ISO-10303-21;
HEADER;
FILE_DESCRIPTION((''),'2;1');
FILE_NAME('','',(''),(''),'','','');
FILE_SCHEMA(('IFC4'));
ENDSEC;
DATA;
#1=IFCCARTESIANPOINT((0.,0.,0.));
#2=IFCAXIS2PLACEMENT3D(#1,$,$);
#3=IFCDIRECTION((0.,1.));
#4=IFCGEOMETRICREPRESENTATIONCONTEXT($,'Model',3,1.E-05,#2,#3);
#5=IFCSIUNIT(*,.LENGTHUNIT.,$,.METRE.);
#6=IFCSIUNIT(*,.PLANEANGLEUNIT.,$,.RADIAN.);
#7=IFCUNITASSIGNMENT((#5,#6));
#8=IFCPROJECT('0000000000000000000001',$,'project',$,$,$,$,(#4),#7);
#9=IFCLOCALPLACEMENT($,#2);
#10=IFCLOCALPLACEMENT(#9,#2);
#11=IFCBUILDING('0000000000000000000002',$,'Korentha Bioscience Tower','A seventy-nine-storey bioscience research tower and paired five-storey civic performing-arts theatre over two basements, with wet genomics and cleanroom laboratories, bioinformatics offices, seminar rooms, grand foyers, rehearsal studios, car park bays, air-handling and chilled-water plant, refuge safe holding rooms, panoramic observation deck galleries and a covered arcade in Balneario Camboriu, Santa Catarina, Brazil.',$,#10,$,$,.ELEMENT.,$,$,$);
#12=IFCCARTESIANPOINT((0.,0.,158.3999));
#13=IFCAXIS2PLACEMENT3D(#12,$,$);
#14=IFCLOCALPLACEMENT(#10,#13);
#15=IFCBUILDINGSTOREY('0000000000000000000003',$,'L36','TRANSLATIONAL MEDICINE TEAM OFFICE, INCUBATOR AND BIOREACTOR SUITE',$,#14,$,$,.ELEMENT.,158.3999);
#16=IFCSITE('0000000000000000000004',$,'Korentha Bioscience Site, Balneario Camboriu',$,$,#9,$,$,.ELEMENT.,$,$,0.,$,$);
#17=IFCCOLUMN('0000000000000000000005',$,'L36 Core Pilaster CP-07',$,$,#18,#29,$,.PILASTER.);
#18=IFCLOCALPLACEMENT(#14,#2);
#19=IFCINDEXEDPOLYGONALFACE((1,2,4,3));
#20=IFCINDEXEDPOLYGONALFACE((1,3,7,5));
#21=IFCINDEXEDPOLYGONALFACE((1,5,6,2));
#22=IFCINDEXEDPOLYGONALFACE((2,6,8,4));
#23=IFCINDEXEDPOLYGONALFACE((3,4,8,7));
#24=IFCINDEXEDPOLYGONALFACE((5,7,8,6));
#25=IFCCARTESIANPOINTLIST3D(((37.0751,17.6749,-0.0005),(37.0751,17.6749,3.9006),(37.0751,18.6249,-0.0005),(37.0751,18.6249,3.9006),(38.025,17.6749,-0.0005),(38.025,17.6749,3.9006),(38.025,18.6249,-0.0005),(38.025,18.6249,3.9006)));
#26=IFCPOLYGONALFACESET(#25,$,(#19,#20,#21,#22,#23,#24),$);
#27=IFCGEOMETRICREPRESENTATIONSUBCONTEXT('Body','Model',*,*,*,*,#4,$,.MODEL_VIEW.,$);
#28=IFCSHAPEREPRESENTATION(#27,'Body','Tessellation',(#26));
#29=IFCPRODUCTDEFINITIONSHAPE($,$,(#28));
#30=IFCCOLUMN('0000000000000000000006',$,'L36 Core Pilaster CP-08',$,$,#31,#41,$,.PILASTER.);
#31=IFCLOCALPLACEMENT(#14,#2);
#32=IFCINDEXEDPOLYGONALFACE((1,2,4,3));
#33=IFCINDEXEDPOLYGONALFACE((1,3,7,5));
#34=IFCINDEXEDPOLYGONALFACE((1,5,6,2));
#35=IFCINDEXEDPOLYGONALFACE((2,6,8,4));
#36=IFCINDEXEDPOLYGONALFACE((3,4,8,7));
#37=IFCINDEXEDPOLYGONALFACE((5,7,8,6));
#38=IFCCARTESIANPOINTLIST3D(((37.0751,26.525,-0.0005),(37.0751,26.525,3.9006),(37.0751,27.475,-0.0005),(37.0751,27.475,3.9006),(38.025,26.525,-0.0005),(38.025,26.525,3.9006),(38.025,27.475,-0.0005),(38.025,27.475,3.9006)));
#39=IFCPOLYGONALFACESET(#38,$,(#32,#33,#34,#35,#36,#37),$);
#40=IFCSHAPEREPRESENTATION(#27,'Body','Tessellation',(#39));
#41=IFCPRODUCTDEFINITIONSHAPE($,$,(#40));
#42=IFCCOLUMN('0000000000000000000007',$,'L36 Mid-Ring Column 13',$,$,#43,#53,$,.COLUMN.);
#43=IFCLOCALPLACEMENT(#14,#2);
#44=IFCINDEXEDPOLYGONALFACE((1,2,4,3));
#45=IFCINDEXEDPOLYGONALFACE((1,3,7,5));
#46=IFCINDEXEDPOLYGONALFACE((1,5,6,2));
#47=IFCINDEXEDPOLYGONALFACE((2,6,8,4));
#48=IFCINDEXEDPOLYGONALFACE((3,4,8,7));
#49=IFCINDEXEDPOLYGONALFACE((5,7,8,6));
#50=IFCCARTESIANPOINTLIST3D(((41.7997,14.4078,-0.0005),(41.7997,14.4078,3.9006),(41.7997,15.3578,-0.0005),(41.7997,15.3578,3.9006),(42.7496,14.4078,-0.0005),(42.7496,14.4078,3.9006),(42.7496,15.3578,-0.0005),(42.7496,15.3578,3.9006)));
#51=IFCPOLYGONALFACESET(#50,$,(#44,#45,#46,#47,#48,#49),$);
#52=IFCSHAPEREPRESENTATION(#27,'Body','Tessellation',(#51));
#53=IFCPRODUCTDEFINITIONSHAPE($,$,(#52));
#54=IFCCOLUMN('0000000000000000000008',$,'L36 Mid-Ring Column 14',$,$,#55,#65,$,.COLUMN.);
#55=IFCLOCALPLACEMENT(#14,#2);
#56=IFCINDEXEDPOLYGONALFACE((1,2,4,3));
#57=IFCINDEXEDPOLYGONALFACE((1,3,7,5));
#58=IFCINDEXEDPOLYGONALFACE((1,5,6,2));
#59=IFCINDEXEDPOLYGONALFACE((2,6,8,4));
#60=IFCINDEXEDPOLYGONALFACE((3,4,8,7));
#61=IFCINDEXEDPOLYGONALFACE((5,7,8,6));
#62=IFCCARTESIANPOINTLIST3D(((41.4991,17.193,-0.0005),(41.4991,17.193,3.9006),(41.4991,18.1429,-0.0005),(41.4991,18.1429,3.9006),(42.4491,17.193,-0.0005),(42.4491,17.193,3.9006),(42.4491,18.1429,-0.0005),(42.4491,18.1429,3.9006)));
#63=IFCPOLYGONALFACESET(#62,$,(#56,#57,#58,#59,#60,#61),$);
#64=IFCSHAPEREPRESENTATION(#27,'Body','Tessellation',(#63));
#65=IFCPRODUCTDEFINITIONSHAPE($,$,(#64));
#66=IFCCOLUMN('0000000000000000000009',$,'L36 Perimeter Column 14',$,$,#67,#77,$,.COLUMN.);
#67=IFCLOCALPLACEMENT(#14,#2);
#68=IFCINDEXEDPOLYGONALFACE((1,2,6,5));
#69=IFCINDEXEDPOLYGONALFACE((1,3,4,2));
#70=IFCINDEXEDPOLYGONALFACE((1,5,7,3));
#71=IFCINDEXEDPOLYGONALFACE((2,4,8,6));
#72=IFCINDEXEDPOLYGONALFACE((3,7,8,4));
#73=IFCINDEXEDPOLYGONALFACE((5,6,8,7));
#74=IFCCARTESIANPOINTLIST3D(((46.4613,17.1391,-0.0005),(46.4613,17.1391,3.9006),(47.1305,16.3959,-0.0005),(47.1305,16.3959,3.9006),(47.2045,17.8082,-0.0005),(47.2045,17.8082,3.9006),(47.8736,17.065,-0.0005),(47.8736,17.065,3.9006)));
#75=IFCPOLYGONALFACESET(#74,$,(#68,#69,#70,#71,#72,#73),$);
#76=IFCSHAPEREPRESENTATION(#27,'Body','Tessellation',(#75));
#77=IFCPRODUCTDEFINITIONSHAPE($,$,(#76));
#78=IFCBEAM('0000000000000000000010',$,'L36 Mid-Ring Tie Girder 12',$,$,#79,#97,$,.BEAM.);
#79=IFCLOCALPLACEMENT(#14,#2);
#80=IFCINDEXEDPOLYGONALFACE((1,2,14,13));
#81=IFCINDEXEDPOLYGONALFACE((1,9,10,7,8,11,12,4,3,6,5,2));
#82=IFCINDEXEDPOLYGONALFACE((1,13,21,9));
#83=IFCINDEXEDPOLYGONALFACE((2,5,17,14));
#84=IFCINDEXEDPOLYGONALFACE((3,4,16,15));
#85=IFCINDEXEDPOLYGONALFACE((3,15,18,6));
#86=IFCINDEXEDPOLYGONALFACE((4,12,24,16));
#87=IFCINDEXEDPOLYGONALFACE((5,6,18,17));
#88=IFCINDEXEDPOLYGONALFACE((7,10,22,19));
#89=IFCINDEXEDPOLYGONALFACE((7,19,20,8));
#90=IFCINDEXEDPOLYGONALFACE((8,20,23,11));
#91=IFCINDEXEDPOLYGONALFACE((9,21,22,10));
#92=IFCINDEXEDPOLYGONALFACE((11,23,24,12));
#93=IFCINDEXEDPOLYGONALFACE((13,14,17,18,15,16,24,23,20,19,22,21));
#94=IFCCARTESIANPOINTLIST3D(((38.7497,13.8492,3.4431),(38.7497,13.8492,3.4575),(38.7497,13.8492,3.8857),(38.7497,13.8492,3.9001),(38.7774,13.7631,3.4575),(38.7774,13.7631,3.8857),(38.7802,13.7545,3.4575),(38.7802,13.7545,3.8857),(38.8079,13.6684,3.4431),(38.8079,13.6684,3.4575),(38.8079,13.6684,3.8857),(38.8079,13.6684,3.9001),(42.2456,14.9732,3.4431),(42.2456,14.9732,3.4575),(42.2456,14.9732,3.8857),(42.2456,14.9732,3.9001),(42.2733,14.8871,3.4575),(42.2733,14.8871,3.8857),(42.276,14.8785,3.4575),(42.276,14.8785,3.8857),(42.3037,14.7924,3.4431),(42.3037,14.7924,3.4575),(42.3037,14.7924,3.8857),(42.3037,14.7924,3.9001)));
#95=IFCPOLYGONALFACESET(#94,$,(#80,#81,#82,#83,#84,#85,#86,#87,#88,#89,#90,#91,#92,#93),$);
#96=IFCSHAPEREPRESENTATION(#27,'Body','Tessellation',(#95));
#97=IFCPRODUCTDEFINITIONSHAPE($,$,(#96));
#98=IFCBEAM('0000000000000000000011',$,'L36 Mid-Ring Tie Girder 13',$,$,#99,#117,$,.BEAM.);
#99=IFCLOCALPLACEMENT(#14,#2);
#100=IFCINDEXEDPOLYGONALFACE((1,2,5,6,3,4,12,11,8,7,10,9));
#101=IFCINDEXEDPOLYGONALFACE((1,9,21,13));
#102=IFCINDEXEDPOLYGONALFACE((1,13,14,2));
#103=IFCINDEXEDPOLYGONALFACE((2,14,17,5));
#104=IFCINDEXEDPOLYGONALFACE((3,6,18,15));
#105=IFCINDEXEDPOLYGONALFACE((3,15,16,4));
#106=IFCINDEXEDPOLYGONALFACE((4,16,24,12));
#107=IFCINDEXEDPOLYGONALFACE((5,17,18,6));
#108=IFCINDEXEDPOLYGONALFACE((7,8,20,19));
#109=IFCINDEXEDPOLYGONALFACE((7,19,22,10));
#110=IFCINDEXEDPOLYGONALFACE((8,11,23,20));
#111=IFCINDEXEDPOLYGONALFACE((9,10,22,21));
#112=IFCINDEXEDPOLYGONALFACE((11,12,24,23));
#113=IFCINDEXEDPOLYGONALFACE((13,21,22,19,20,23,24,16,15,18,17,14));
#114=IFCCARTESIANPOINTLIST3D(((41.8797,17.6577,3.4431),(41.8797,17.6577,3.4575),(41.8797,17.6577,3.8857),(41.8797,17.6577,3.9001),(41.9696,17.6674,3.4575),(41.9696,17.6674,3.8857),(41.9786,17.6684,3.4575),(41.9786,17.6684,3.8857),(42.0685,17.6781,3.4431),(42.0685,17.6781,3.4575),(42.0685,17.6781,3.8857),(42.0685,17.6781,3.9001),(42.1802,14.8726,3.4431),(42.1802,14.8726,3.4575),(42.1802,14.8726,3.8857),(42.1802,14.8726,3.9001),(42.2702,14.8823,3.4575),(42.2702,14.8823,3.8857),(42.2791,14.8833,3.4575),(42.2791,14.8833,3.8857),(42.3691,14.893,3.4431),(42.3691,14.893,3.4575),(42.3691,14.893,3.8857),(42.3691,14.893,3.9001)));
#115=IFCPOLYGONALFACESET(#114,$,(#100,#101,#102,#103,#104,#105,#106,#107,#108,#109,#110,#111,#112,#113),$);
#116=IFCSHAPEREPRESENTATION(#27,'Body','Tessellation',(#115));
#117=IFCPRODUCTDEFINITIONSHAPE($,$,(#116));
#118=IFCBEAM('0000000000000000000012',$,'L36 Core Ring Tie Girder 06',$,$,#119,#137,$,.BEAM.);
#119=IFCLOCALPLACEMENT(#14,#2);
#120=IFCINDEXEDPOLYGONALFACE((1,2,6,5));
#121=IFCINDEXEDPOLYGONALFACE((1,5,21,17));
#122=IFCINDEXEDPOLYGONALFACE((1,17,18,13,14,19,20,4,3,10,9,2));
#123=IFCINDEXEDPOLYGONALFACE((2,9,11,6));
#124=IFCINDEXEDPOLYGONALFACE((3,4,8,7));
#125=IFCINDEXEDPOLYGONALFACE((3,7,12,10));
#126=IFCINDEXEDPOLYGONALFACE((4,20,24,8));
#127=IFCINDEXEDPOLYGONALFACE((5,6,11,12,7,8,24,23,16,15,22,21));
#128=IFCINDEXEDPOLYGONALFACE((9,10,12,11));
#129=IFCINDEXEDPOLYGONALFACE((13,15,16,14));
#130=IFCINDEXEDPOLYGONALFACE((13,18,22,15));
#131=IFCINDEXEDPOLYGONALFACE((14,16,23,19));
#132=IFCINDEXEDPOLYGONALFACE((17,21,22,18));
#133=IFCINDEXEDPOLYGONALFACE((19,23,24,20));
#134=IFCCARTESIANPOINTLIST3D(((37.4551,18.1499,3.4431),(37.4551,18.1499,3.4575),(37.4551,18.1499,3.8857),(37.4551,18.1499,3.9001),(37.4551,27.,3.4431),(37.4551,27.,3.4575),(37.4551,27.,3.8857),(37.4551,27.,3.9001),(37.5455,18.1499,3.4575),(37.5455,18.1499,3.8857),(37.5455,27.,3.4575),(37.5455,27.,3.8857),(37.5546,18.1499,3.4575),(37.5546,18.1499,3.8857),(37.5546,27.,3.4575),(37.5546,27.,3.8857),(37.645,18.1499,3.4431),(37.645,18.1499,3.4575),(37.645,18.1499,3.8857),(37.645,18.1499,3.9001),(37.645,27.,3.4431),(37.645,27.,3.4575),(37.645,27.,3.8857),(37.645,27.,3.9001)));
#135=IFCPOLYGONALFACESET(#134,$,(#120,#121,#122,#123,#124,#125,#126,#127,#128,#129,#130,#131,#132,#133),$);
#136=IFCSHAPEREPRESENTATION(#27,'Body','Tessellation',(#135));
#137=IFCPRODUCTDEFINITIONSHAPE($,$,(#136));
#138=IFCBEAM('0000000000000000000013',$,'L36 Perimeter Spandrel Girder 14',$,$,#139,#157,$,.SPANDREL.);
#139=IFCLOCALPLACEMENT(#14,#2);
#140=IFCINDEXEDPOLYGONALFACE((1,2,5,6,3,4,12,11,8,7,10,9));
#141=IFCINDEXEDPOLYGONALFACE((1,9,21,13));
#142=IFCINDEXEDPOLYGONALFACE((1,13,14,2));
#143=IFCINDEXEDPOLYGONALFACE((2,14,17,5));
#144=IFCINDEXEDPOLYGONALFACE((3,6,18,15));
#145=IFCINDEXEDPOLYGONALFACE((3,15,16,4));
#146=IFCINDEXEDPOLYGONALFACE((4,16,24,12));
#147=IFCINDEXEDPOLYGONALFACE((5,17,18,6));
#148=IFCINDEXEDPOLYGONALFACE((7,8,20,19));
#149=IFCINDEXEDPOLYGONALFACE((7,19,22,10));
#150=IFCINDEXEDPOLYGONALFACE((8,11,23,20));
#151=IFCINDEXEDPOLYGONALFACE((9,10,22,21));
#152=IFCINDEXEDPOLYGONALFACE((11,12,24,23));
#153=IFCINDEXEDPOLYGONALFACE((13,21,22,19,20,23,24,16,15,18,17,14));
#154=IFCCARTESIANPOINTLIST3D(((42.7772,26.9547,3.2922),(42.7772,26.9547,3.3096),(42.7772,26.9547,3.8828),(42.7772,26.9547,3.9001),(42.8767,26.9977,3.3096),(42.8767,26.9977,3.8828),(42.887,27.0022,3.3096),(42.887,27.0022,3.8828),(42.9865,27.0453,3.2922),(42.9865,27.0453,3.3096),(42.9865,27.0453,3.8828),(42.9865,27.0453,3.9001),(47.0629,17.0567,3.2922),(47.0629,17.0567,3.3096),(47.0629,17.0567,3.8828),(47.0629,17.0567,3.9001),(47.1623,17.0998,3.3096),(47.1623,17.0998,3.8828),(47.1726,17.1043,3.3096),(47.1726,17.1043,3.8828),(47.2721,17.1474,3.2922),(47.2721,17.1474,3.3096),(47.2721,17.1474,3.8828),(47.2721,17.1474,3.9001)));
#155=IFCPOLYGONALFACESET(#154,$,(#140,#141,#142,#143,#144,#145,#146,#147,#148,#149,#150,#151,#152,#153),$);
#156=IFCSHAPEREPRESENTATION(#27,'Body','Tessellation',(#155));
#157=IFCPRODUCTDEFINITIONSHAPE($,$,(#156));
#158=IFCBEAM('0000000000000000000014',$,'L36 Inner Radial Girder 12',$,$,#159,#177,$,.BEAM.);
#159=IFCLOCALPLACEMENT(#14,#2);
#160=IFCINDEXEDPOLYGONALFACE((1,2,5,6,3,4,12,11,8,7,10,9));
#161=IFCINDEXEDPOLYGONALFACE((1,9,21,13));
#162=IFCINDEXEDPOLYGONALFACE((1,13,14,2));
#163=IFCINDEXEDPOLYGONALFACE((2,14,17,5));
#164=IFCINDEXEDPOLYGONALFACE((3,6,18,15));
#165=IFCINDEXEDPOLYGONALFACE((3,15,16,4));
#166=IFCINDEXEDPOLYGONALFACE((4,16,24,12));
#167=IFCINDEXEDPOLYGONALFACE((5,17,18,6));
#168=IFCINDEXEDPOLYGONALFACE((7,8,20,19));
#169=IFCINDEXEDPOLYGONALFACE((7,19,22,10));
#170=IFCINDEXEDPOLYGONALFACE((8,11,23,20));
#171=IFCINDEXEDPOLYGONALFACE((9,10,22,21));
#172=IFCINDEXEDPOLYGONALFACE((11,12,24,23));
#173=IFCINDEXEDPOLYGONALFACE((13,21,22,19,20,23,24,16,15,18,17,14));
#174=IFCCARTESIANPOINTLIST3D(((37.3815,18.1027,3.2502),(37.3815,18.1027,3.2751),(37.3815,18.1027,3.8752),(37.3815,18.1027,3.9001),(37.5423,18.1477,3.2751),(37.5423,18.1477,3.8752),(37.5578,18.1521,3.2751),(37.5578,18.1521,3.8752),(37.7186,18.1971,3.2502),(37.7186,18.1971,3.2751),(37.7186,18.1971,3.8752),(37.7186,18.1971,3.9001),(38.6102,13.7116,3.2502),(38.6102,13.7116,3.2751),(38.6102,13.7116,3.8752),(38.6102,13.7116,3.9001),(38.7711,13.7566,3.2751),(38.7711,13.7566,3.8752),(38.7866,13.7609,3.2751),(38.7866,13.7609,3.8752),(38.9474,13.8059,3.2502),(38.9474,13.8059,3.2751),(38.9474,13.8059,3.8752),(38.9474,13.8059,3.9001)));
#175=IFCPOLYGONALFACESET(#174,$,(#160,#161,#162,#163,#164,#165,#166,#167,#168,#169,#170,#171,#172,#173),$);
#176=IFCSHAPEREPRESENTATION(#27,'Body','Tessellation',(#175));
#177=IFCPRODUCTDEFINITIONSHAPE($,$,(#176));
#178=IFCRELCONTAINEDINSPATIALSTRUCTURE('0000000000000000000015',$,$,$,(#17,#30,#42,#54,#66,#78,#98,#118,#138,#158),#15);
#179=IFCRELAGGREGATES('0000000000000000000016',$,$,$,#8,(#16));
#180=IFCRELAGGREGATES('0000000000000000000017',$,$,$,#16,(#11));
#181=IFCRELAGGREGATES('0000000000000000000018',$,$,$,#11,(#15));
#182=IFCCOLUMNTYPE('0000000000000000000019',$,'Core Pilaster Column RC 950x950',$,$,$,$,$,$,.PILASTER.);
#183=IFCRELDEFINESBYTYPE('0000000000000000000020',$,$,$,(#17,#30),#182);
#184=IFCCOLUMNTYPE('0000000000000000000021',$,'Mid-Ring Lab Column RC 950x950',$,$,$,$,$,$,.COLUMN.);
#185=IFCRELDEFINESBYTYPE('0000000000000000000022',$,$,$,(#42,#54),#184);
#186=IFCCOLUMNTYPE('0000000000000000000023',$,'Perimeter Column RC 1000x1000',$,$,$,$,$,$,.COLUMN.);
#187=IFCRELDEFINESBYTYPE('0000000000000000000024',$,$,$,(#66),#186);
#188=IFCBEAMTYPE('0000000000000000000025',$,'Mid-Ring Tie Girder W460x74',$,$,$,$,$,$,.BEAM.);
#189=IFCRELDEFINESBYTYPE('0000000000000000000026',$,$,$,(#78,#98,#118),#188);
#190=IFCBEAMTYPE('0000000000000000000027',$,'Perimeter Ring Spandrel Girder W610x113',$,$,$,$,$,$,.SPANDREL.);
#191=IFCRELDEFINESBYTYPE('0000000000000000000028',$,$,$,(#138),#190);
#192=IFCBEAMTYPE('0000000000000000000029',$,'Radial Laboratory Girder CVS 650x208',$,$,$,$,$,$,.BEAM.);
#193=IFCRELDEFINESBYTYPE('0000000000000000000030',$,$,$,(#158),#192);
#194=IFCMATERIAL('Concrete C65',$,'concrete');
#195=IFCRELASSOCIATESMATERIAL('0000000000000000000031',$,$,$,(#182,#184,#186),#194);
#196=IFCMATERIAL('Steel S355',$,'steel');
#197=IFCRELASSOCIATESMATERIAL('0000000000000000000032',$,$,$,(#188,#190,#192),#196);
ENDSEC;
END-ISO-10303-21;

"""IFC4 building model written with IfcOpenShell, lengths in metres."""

from ifc_helpers import new_model, si_unit, direction, frame, origin, origin_2d, place, context, subcontext, project, spatial, rectangle, i_section, extrude, material, material_profile, profile_set, type_object, element, save


model = new_model("IFC4")

# Units and contexts
model_context = context("Model", 3, precision=1e-05, world=origin(), true_north=direction((0.0, 1.0)))
body_context = subcontext(model_context, "Body", "Model", "MODEL_VIEW")
ifc_project = project(units=[si_unit("LENGTHUNIT", "METRE"), si_unit("PLANEANGLEUNIT", "RADIAN")], contexts=[model_context])

# Site, building, storey
site_placement = place(None, origin())
site = spatial("IfcSite", under=ifc_project, at=site_placement, Name="Korentha Bioscience Site, Balneario Camboriu", CompositionType="ELEMENT", RefElevation=0.0)
building_placement = place(site_placement, origin())
building = spatial("IfcBuilding", under=site, at=building_placement, Name="Korentha Bioscience Tower", Description="A seventy-nine-storey bioscience research tower and paired five-storey civic performing-arts theatre over two basements, with wet genomics and cleanroom laboratories, bioinformatics offices, seminar rooms, grand foyers, rehearsal studios, car park bays, air-handling and chilled-water plant, refuge safe holding rooms, panoramic observation deck galleries and a covered arcade in Balneario Camboriu, Santa Catarina, Brazil.", CompositionType="ELEMENT")
storey_placement = place(building_placement, frame((0.0, 0.0, 158.3999)))
storey = spatial("IfcBuildingStorey", under=building, at=storey_placement, Name="L36", Description="TRANSLATIONAL MEDICINE TEAM OFFICE, INCUBATOR AND BIOREACTOR SUITE", CompositionType="ELEMENT", Elevation=158.3999)

# Columns
ifc_material_1 = material(Name="Concrete C65", Category="concrete")
ifc_material_profile_1 = material_profile(ifc_material_1, rectangle(XDim=0.95, YDim=0.95, at=origin_2d()), Name="Concrete C65")
ifc_profile_set_1 = profile_set([ifc_material_profile_1], Name="Concrete C65 (COL-CP09)")
column_type_1 = type_object("IfcColumnType", Name="Core Pilaster Column RC 950x950", PredefinedType="PILASTER", material=ifc_profile_set_1)
for number, where, z_axis, x_axis, name in (
    (1, (37.55, 18.1499, -0.0005), (0.0, 0.0, 1.0), (1.0, 0.0, 0.0), "L36 Core Pilaster CP-07"),
    (2, (37.55, 27.0, -0.0005), (0.0, 0.0, 1.0), (1.0, 0.0, 0.0), "L36 Core Pilaster CP-08"),
):
    element("IfcColumn", number, at=place(storey_placement, frame(where, z_axis=z_axis, x_axis=x_axis)), inside=storey, type_object=column_type_1, Name=name, PredefinedType="PILASTER", context=body_context, shape_type="SweptSolid", body=[
        extrude(rectangle(XDim=0.95, YDim=0.95, at=origin_2d()), origin(), (0.0, 0.0, 1.0), 3.9011),
    ])
ifc_material_profile_2 = material_profile(ifc_material_1, rectangle(XDim=0.95, YDim=0.95, at=origin_2d()), Name="Concrete C65")
ifc_profile_set_2 = profile_set([ifc_material_profile_2], Name="Concrete C65 (COL-MR09)")
column_type_2 = type_object("IfcColumnType", Name="Mid-Ring Lab Column RC 950x950", PredefinedType="COLUMN", material=ifc_profile_set_2)
for number, where, z_axis, x_axis, name in (
    (3, (42.2747, 14.8828, -0.0005), (0.0, 0.0, 1.0), (1.0, 0.0, 0.0), "L36 Mid-Ring Column 13"),
    (4, (41.9741, 17.668, -0.0005), (0.0, 0.0, 1.0), (1.0, 0.0, 0.0), "L36 Mid-Ring Column 14"),
):
    element("IfcColumn", number, at=place(storey_placement, frame(where, z_axis=z_axis, x_axis=x_axis)), inside=storey, type_object=column_type_2, Name=name, PredefinedType="COLUMN", context=body_context, shape_type="SweptSolid", body=[
        extrude(rectangle(XDim=0.95, YDim=0.95, at=origin_2d()), origin(), (0.0, 0.0, 1.0), 3.9011),
    ])
ifc_material_profile_3 = material_profile(ifc_material_1, rectangle(XDim=1.0, YDim=1.0, at=origin_2d()), Name="Concrete C65")
ifc_profile_set_3 = profile_set([ifc_material_profile_3], Name="Concrete C65 (COL-P10)")
column_type_3 = type_object("IfcColumnType", Name="Perimeter Column RC 1000x1000", PredefinedType="COLUMN", material=ifc_profile_set_3)
column_placement = place(storey_placement, frame((47.1675, 17.1021, -0.0005), z_axis=(0.0, 0.0, 1.0), x_axis=(-0.669131, 0.743145, 0.0)))
element("IfcColumn", 5, at=column_placement, inside=storey, type_object=column_type_3, Name="L36 Perimeter Column 14", PredefinedType="COLUMN", context=body_context, shape_type="SweptSolid", body=[
    extrude(rectangle(XDim=1.0, YDim=1.0, at=origin_2d()), origin(), (0.0, 0.0, 1.0), 3.9011),
])

# Beams
ifc_material_2 = material(Name="Steel S355", Category="steel")
ifc_material_profile_4 = material_profile(ifc_material_2, i_section(OverallWidth=0.1899, OverallDepth=0.457, WebThickness=0.009, FlangeThickness=0.0144, at=origin_2d()), Name="Steel S355")
ifc_profile_set_4 = profile_set([ifc_material_profile_4], Name="Steel S355 (MB-460)")
beam_type_1 = type_object("IfcBeamType", Name="Mid-Ring Tie Girder W460x74", PredefinedType="BEAM", material=ifc_profile_set_4)
beam_1_placement = place(storey_placement, frame((38.7788, 13.7588, 3.6716), z_axis=(0.952, 0.306097, 0.0), x_axis=(-0.306097, 0.952, 0.0)))
element("IfcBeam", 6, at=beam_1_placement, inside=storey, type_object=beam_type_1, Name="L36 Mid-Ring Tie Girder 12", PredefinedType="BEAM", context=body_context, shape_type="SweptSolid", body=[
    extrude(i_section(OverallWidth=0.1899, OverallDepth=0.457, WebThickness=0.009, FlangeThickness=0.0144, at=origin_2d()), origin(), (0.0, 0.0, 1.0), 3.6721),
])
beam_2_placement = place(storey_placement, frame((42.2747, 14.8828, 3.6716), z_axis=(-0.107284, 0.994228, 0.0), x_axis=(-0.994228, -0.107284, 0.0)))
element("IfcBeam", 7, at=beam_2_placement, inside=storey, type_object=beam_type_1, Name="L36 Mid-Ring Tie Girder 13", PredefinedType="BEAM", context=body_context, shape_type="SweptSolid", body=[
    extrude(i_section(OverallWidth=0.1899, OverallDepth=0.457, WebThickness=0.009, FlangeThickness=0.0144, at=origin_2d()), origin(), (0.0, 0.0, 1.0), 2.8013),
])
beam_3_placement = place(storey_placement, frame((37.55, 18.1499, 3.6716), z_axis=(0.0, 1.0, 0.0), x_axis=(-1.0, 0.0, 0.0)))
element("IfcBeam", 8, at=beam_3_placement, inside=storey, type_object=beam_type_1, Name="L36 Core Ring Tie Girder 06", PredefinedType="BEAM", context=body_context, shape_type="SweptSolid", body=[
    extrude(i_section(OverallWidth=0.1899, OverallDepth=0.457, WebThickness=0.009, FlangeThickness=0.0144, at=origin_2d()), origin(), (0.0, 0.0, 1.0), 8.8501),
])
ifc_material_profile_5 = material_profile(ifc_material_2, i_section(OverallWidth=0.228, OverallDepth=0.6079, WebThickness=0.0112, FlangeThickness=0.0173, at=origin_2d()), Name="Steel S355")
ifc_profile_set_5 = profile_set([ifc_material_profile_5], Name="Steel S355 (SB-610)")
beam_type_2 = type_object("IfcBeamType", Name="Perimeter Ring Spandrel Girder W610x113", PredefinedType="SPANDREL", material=ifc_profile_set_5)
beam_4_placement = place(storey_placement, frame((47.1675, 17.1021, 3.5962), z_axis=(-0.397337, 0.917673, 0.0), x_axis=(-0.917673, -0.397337, 0.0)))
element("IfcBeam", 9, at=beam_4_placement, inside=storey, type_object=beam_type_2, Name="L36 Perimeter Spandrel Girder 14", PredefinedType="SPANDREL", context=body_context, shape_type="SweptSolid", body=[
    extrude(i_section(OverallWidth=0.228, OverallDepth=0.6079, WebThickness=0.0112, FlangeThickness=0.0173, at=origin_2d()), origin(), (0.0, 0.0, 1.0), 10.7859),
])
ifc_material_profile_6 = material_profile(ifc_material_2, i_section(OverallWidth=0.3501, OverallDepth=0.6499, WebThickness=0.0161, FlangeThickness=0.0249, at=origin_2d()), Name="Steel S355")
ifc_profile_set_6 = profile_set([ifc_material_profile_6], Name="Steel S355 (RB-650)")
beam_type_3 = type_object("IfcBeamType", Name="Radial Laboratory Girder CVS 650x208", PredefinedType="BEAM", material=ifc_profile_set_6)
beam_5_placement = place(storey_placement, frame((37.55, 18.1499, 3.5752), z_axis=(0.269477, -0.963007, 0.0), x_axis=(0.963007, 0.269477, 0.0)))
element("IfcBeam", 10, at=beam_5_placement, inside=storey, type_object=beam_type_3, Name="L36 Inner Radial Girder 12", PredefinedType="BEAM", context=body_context, shape_type="SweptSolid", body=[
    extrude(i_section(OverallWidth=0.3501, OverallDepth=0.6499, WebThickness=0.0161, FlangeThickness=0.0249, at=origin_2d()), origin(), (0.0, 0.0, 1.0), 4.5598),
])

save(model, "model.ifc")
